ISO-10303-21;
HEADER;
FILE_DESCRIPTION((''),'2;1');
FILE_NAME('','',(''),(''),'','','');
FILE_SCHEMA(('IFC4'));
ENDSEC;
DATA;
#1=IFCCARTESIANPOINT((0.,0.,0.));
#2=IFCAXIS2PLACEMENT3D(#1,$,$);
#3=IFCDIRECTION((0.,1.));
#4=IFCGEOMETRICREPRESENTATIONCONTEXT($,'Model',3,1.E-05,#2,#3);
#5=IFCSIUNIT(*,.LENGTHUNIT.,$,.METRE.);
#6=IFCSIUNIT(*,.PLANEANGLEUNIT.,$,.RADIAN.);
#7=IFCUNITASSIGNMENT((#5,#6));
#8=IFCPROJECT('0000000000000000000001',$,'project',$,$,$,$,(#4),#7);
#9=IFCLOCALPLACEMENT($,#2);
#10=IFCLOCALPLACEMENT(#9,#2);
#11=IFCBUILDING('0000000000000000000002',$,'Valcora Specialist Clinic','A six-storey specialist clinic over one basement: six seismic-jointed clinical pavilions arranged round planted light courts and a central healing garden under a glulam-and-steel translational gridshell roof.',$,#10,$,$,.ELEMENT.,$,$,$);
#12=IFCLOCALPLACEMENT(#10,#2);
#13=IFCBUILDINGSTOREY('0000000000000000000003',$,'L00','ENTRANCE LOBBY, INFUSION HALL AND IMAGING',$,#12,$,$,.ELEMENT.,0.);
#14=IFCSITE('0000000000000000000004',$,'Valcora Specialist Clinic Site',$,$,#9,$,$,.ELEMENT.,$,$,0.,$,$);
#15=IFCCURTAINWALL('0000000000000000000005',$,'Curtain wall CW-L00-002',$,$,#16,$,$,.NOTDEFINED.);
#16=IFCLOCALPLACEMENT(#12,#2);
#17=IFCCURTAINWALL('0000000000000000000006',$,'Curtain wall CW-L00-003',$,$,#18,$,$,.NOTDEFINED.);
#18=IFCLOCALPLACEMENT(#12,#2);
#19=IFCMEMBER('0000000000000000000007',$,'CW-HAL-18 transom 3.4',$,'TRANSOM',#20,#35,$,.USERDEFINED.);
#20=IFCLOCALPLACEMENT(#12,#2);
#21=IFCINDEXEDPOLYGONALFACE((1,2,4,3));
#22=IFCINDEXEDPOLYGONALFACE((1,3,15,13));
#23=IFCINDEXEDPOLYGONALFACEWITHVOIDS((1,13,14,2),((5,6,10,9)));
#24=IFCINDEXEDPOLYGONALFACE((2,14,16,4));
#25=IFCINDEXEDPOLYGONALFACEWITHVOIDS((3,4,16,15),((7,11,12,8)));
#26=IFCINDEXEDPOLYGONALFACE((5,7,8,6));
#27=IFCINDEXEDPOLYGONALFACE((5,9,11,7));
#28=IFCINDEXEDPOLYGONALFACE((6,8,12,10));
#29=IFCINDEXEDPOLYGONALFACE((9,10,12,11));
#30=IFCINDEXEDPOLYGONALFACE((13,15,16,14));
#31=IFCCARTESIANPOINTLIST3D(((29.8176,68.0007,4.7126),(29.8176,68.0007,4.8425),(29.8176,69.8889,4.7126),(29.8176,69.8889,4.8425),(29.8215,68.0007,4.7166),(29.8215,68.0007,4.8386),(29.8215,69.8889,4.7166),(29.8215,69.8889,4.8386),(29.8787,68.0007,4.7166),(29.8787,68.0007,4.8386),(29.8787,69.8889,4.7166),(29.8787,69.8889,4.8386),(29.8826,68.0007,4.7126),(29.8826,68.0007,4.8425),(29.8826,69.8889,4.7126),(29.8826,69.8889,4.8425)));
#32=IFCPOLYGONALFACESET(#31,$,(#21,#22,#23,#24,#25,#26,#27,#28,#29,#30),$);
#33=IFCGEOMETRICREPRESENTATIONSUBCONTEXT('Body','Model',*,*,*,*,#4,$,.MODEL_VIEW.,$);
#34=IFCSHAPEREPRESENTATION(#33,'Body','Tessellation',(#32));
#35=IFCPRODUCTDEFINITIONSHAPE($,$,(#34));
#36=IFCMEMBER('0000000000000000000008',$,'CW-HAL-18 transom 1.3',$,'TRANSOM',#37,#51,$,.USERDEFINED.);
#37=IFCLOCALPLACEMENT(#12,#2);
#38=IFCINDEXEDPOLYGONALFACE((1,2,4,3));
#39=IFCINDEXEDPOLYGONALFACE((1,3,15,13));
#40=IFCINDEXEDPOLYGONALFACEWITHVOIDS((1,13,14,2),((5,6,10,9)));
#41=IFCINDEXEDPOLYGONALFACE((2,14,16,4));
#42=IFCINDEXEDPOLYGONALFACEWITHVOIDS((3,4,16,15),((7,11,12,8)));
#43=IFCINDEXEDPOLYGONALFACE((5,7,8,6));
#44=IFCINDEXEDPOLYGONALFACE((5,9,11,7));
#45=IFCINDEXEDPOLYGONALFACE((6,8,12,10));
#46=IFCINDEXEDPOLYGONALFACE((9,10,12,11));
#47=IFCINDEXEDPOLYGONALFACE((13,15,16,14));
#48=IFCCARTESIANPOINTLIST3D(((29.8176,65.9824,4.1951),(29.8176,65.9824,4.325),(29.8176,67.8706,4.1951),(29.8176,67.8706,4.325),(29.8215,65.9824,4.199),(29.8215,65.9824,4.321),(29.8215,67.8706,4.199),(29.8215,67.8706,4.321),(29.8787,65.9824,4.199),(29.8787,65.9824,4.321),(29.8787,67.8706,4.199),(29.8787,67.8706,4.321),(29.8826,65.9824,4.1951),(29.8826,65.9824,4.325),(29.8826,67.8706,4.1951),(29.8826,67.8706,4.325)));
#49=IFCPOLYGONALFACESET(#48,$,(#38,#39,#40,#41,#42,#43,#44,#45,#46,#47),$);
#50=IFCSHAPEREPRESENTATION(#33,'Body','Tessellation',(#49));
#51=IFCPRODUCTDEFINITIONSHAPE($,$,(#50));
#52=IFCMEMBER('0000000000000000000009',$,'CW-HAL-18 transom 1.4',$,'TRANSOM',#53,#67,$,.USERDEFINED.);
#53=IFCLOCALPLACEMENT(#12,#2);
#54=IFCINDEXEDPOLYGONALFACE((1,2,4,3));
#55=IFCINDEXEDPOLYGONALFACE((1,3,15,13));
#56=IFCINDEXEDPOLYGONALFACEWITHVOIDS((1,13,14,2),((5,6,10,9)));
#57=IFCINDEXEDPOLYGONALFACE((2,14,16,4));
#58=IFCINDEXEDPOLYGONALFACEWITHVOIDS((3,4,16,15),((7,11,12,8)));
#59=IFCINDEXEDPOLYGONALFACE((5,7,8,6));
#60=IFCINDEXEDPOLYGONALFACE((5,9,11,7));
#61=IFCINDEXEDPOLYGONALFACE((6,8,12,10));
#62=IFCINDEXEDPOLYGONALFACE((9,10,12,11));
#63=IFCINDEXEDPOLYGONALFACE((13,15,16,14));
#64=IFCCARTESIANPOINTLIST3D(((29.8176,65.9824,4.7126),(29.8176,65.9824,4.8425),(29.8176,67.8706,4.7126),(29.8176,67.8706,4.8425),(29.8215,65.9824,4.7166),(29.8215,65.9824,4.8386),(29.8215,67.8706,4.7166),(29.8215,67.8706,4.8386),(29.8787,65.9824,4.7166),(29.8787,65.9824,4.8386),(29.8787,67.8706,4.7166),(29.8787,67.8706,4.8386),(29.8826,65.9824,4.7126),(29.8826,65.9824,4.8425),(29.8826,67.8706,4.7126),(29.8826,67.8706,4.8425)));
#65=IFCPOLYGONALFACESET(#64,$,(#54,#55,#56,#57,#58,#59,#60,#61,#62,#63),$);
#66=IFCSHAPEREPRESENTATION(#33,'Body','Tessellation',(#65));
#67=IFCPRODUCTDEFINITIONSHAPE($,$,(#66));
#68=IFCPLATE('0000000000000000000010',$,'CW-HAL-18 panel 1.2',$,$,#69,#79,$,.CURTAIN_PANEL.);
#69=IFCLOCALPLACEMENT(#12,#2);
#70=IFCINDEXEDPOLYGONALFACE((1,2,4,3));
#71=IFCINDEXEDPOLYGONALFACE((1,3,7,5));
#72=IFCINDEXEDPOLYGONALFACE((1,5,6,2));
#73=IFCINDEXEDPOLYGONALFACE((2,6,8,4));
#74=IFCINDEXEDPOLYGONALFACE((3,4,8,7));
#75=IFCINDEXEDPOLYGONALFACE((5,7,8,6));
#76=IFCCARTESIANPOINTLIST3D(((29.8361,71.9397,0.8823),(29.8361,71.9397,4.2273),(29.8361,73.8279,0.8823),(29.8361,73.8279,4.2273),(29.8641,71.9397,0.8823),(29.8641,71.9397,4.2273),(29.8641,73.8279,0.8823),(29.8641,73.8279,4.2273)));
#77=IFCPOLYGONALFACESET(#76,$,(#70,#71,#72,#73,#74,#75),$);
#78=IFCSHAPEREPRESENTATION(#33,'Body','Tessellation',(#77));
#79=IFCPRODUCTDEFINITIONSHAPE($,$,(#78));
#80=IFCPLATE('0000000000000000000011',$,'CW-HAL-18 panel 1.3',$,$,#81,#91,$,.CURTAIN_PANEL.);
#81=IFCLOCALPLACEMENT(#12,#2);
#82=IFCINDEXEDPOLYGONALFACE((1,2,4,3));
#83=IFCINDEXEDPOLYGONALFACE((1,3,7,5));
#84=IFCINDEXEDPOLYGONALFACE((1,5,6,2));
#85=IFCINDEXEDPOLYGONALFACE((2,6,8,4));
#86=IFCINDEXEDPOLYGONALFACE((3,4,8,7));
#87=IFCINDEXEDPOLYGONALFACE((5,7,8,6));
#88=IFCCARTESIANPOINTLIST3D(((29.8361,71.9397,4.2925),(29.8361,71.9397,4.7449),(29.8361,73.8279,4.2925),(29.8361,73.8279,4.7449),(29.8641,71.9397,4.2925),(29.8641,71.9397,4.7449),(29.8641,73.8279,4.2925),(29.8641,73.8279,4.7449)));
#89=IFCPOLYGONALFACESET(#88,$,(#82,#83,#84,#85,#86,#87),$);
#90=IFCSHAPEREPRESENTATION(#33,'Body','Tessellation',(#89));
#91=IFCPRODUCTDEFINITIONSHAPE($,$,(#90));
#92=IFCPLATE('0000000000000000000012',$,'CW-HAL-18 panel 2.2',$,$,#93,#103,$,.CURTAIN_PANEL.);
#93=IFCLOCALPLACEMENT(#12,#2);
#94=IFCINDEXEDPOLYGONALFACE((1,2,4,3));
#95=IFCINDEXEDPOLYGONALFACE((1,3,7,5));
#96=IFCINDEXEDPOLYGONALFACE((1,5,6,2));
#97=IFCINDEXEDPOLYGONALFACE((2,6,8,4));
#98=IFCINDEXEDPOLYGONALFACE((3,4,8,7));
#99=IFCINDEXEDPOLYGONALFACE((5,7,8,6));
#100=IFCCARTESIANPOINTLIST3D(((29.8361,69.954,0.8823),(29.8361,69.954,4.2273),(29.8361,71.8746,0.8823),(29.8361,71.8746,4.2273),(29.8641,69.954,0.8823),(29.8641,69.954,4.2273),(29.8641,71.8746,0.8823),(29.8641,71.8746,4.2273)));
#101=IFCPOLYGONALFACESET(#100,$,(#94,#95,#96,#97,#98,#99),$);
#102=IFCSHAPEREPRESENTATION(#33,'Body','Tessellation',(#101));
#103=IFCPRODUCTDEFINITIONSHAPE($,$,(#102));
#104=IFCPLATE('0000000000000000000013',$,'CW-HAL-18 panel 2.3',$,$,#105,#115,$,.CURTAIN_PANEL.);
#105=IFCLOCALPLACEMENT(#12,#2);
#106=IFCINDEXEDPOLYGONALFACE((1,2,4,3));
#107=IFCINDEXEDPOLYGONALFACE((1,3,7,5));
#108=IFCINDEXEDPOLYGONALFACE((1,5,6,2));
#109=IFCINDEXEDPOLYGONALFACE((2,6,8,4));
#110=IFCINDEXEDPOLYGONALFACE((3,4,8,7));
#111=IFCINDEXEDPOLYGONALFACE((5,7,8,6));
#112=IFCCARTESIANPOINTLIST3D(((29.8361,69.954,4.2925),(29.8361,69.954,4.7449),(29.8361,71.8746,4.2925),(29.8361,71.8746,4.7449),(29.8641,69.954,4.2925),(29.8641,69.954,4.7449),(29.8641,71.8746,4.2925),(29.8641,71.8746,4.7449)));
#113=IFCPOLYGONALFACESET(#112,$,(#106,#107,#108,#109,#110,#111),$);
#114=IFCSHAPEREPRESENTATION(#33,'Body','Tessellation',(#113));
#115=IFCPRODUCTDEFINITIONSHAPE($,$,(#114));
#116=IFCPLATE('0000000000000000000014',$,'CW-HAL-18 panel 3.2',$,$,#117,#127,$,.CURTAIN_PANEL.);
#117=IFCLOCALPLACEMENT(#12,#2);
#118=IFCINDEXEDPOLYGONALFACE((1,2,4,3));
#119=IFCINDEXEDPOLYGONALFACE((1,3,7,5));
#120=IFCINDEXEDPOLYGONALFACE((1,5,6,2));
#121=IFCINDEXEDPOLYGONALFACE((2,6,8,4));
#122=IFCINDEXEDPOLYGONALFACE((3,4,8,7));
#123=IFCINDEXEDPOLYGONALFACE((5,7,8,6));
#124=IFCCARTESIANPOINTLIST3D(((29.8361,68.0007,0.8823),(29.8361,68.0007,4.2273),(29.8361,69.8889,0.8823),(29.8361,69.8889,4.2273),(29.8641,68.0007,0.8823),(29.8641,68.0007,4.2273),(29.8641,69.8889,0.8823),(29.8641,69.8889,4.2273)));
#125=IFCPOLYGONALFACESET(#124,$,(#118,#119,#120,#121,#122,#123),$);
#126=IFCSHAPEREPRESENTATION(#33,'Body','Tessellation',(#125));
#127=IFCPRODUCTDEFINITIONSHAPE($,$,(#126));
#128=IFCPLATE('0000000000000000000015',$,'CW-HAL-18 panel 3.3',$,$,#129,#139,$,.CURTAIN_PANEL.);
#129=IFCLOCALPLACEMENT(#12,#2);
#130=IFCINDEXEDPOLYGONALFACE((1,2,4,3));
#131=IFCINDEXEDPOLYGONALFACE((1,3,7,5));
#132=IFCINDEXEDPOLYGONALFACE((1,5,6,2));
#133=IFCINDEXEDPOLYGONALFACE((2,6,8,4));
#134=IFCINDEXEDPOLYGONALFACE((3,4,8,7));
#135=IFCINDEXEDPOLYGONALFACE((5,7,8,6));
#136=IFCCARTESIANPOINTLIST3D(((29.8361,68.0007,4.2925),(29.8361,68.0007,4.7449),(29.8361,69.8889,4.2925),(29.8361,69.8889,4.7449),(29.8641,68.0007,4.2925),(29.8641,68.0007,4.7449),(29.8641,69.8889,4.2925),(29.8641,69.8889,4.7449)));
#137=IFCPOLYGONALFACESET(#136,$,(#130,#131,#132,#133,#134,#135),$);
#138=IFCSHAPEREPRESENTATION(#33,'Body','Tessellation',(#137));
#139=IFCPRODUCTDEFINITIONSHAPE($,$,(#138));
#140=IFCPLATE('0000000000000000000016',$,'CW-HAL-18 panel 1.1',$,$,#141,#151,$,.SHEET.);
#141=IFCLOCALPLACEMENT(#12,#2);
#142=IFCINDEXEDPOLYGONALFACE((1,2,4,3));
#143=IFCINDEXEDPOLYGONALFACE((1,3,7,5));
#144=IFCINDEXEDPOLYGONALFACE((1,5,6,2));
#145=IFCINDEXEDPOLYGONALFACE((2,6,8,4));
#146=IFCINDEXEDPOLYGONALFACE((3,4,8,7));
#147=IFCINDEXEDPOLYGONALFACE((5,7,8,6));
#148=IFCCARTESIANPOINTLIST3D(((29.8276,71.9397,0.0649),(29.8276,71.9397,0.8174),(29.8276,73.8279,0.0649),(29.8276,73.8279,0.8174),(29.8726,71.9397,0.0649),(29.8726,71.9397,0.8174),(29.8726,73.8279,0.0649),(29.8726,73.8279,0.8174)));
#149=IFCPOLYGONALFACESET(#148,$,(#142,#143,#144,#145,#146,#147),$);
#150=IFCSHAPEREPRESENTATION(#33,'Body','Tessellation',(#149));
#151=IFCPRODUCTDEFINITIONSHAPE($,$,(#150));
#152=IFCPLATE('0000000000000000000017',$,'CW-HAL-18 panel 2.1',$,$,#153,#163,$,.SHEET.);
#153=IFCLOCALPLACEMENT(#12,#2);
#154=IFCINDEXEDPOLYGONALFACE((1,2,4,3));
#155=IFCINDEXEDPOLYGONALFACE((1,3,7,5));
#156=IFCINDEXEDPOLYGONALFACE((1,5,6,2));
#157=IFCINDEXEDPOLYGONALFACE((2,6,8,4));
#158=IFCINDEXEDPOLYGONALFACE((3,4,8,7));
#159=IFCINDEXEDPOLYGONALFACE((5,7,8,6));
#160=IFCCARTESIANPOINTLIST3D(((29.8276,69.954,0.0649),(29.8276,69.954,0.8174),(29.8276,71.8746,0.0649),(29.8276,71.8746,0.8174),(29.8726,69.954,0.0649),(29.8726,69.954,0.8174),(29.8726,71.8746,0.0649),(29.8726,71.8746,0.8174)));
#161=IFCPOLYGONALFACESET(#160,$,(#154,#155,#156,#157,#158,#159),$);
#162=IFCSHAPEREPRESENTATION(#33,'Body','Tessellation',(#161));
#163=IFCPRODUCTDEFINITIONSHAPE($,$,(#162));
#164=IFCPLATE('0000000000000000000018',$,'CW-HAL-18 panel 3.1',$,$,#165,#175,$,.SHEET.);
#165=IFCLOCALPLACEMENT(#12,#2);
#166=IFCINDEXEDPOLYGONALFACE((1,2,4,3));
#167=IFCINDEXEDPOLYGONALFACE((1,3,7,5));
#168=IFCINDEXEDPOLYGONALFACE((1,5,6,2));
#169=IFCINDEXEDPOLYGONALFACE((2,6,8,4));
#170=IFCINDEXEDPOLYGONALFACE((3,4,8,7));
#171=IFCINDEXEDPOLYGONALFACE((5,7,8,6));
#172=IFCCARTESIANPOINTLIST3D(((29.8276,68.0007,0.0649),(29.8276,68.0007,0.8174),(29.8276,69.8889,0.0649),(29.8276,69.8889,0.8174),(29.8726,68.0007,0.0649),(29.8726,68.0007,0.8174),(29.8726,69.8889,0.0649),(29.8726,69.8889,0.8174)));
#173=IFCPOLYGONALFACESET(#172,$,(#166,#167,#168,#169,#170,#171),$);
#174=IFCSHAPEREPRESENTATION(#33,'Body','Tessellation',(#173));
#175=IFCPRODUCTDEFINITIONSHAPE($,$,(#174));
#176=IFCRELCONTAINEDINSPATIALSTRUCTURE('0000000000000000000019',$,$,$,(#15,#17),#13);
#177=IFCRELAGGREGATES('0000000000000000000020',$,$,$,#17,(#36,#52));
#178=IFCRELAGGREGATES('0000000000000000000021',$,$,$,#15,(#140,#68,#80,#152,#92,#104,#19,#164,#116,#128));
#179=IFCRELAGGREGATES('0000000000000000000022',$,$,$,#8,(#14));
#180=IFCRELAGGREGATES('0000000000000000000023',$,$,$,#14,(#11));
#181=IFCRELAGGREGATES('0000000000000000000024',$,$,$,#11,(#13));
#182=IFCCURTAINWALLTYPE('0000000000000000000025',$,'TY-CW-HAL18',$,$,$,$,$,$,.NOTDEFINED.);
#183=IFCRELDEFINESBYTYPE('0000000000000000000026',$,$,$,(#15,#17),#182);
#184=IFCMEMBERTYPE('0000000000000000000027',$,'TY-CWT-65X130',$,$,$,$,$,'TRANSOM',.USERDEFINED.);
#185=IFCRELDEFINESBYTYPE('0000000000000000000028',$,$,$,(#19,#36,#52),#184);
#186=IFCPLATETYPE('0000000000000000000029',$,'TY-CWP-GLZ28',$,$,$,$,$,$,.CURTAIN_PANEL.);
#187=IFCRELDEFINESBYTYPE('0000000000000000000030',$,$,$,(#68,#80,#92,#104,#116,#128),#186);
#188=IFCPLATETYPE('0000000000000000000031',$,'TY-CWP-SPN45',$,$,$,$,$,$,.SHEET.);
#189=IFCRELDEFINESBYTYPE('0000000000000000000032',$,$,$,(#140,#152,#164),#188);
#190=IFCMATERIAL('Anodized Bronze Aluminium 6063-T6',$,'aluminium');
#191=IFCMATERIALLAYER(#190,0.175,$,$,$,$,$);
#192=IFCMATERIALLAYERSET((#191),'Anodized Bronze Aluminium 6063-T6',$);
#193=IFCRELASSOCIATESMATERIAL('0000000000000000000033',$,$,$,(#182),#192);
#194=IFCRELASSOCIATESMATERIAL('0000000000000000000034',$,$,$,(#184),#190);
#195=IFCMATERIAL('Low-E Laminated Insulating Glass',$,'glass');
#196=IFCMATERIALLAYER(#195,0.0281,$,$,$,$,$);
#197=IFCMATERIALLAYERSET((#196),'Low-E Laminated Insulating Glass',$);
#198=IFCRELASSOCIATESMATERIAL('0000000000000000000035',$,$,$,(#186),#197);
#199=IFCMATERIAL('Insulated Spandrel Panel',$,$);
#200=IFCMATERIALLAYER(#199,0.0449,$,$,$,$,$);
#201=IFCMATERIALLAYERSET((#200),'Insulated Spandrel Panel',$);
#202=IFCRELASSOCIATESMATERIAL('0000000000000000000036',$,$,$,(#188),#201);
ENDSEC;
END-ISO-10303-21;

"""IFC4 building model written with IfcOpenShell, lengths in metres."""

from ifc_helpers import new_model, si_unit, direction, frame, origin, origin_2d, place, context, subcontext, project, spatial, rectangle, hollow_rectangle, extrude, material, layer, layer_set, material_profile, profile_set, type_object, element, aggregate, save


model = new_model("IFC4")

# Units and contexts
model_context = context("Model", 3, precision=1e-05, world=origin(), true_north=direction((0.0, 1.0)))
body_context = subcontext(model_context, "Body", "Model", "MODEL_VIEW")
ifc_project = project(units=[si_unit("LENGTHUNIT", "METRE"), si_unit("PLANEANGLEUNIT", "RADIAN")], contexts=[model_context])

# Site, building, storey
site_placement = place(None, origin())
site = spatial("IfcSite", under=ifc_project, at=site_placement, Name="Valcora Specialist Clinic Site", CompositionType="ELEMENT", RefElevation=0.0)
building_placement = place(site_placement, origin())
building = spatial("IfcBuilding", under=site, at=building_placement, Name="Valcora Specialist Clinic", Description="A six-storey specialist clinic over one basement: six seismic-jointed clinical pavilions arranged round planted light courts and a central healing garden under a glulam-and-steel translational gridshell roof.", CompositionType="ELEMENT")
storey_placement = place(building_placement, origin())
storey = spatial("IfcBuildingStorey", under=building, at=storey_placement, Name="L00", Description="ENTRANCE LOBBY, INFUSION HALL AND IMAGING", CompositionType="ELEMENT", Elevation=0.0)

# Curtain wall
ifc_material_1 = material(Name="Anodized Bronze Aluminium 6063-T6", Category="aluminium")
ifc_layer_1 = layer(ifc_material_1, 0.175)
ifc_layer_set_1 = layer_set([ifc_layer_1], Name="Anodized Bronze Aluminium 6063-T6")
curtain_wall_type = type_object("IfcCurtainWallType", Name="TY-CW-HAL18", PredefinedType="NOTDEFINED", material=ifc_layer_set_1)
curtain_wall_1_placement = place(storey_placement, origin())
curtain_wall_1 = element("IfcCurtainWall", 1, at=curtain_wall_1_placement, inside=storey, type_object=curtain_wall_type, Name="Curtain wall CW-L00-002", PredefinedType="NOTDEFINED")

# Curtain wall
curtain_wall_2_placement = place(storey_placement, origin())
curtain_wall_2 = element("IfcCurtainWall", 2, at=curtain_wall_2_placement, inside=storey, type_object=curtain_wall_type, Name="Curtain wall CW-L00-003", PredefinedType="NOTDEFINED")

# Members
ifc_material_profile_1 = material_profile(ifc_material_1, hollow_rectangle(XDim=0.0649, YDim=0.1299, WallThickness=0.0039, at=origin_2d()), Name="AL-TRN-65X130")
ifc_profile_set_1 = profile_set([ifc_material_profile_1], Name="Anodized Bronze Aluminium 6063-T6")
member_type_1 = type_object("IfcMemberType", Name="TY-CWT-65X130", ElementType="TRANSOM", PredefinedType="USERDEFINED", material=ifc_profile_set_1)
member_1_placement = place(storey_placement, frame((29.8501, 69.8889, 4.7776), z_axis=(0.0, -1.0, 0.0), x_axis=(1.0, 0.0, 0.0)))
member_1 = element("IfcMember", 3, at=member_1_placement, type_object=member_type_1, Name="CW-HAL-18 transom 3.4", ObjectType="TRANSOM", PredefinedType="USERDEFINED", context=body_context, shape_type="SweptSolid", body=[
    extrude(hollow_rectangle(XDim=0.0649, YDim=0.1299, WallThickness=0.0039, at=origin_2d()), origin(), (0.0, 0.0, 1.0), 1.8882),
])
member_2_placement = place(storey_placement, frame((29.8501, 67.8706, 4.26), z_axis=(0.0, -1.0, 0.0), x_axis=(1.0, 0.0, 0.0)))
member_2 = element("IfcMember", 4, at=member_2_placement, type_object=member_type_1, Name="CW-HAL-18 transom 1.3", ObjectType="TRANSOM", PredefinedType="USERDEFINED", context=body_context, shape_type="SweptSolid", body=[
    extrude(hollow_rectangle(XDim=0.0649, YDim=0.1299, WallThickness=0.0039, at=origin_2d()), origin(), (0.0, 0.0, 1.0), 1.8882),
])
member_3_placement = place(storey_placement, frame((29.8501, 67.8706, 4.7776), z_axis=(0.0, -1.0, 0.0), x_axis=(1.0, 0.0, 0.0)))
member_3 = element("IfcMember", 5, at=member_3_placement, type_object=member_type_1, Name="CW-HAL-18 transom 1.4", ObjectType="TRANSOM", PredefinedType="USERDEFINED", context=body_context, shape_type="SweptSolid", body=[
    extrude(hollow_rectangle(XDim=0.0649, YDim=0.1299, WallThickness=0.0039, at=origin_2d()), origin(), (0.0, 0.0, 1.0), 1.8882),
])
aggregate(curtain_wall_2, [member_2, member_3])

# Plates
ifc_material_2 = material(Name="Low-E Laminated Insulating Glass", Category="glass")
ifc_layer_2 = layer(ifc_material_2, 0.0281)
ifc_layer_set_2 = layer_set([ifc_layer_2], Name="Low-E Laminated Insulating Glass")
plate_type_1 = type_object("IfcPlateType", Name="TY-CWP-GLZ28", PredefinedType="CURTAIN_PANEL", material=ifc_layer_set_2)
plate_1_placement = place(storey_placement, frame((29.8501, 72.8838, 0.8823), z_axis=(0.0, 0.0, 1.0), x_axis=(0.0, -1.0, 0.0)))
plate_1 = element("IfcPlate", 6, at=plate_1_placement, type_object=plate_type_1, Name="CW-HAL-18 panel 1.2", PredefinedType="CURTAIN_PANEL", context=body_context, shape_type="SweptSolid", body=[
    extrude(rectangle(XDim=1.8882, YDim=0.0281, at=origin_2d()), origin(), (0.0, 0.0, 1.0), 3.345),
])
plate_2_placement = place(storey_placement, frame((29.8501, 72.8838, 4.2925), z_axis=(0.0, 0.0, 1.0), x_axis=(0.0, -1.0, 0.0)))
plate_2 = element("IfcPlate", 7, at=plate_2_placement, type_object=plate_type_1, Name="CW-HAL-18 panel 1.3", PredefinedType="CURTAIN_PANEL", context=body_context, shape_type="SweptSolid", body=[
    extrude(rectangle(XDim=1.8882, YDim=0.0281, at=origin_2d()), origin(), (0.0, 0.0, 1.0), 0.4524),
])
plate_3_placement = place(storey_placement, frame((29.8501, 70.9143, 0.8823), z_axis=(0.0, 0.0, 1.0), x_axis=(0.0, -1.0, 0.0)))
plate_3 = element("IfcPlate", 8, at=plate_3_placement, type_object=plate_type_1, Name="CW-HAL-18 panel 2.2", PredefinedType="CURTAIN_PANEL", context=body_context, shape_type="SweptSolid", body=[
    extrude(rectangle(XDim=1.9207, YDim=0.0281, at=origin_2d()), origin(), (0.0, 0.0, 1.0), 3.345),
])
plate_4_placement = place(storey_placement, frame((29.8501, 70.9143, 4.2925), z_axis=(0.0, 0.0, 1.0), x_axis=(0.0, -1.0, 0.0)))
plate_4 = element("IfcPlate", 9, at=plate_4_placement, type_object=plate_type_1, Name="CW-HAL-18 panel 2.3", PredefinedType="CURTAIN_PANEL", context=body_context, shape_type="SweptSolid", body=[
    extrude(rectangle(XDim=1.9207, YDim=0.0281, at=origin_2d()), origin(), (0.0, 0.0, 1.0), 0.4524),
])
plate_5_placement = place(storey_placement, frame((29.8501, 68.9448, 0.8823), z_axis=(0.0, 0.0, 1.0), x_axis=(0.0, -1.0, 0.0)))
plate_5 = element("IfcPlate", 10, at=plate_5_placement, type_object=plate_type_1, Name="CW-HAL-18 panel 3.2", PredefinedType="CURTAIN_PANEL", context=body_context, shape_type="SweptSolid", body=[
    extrude(rectangle(XDim=1.8882, YDim=0.0281, at=origin_2d()), origin(), (0.0, 0.0, 1.0), 3.345),
])
plate_6_placement = place(storey_placement, frame((29.8501, 68.9448, 4.2925), z_axis=(0.0, 0.0, 1.0), x_axis=(0.0, -1.0, 0.0)))
plate_6 = element("IfcPlate", 11, at=plate_6_placement, type_object=plate_type_1, Name="CW-HAL-18 panel 3.3", PredefinedType="CURTAIN_PANEL", context=body_context, shape_type="SweptSolid", body=[
    extrude(rectangle(XDim=1.8882, YDim=0.0281, at=origin_2d()), origin(), (0.0, 0.0, 1.0), 0.4524),
])
ifc_material_3 = material(Name="Insulated Spandrel Panel")
ifc_layer_3 = layer(ifc_material_3, 0.0449)
ifc_layer_set_3 = layer_set([ifc_layer_3], Name="Insulated Spandrel Panel")
plate_type_2 = type_object("IfcPlateType", Name="TY-CWP-SPN45", PredefinedType="SHEET", material=ifc_layer_set_3)
plate_7_placement = place(storey_placement, frame((29.8501, 72.8838, 0.0649), z_axis=(0.0, 0.0, 1.0), x_axis=(0.0, -1.0, 0.0)))
plate_7 = element("IfcPlate", 12, at=plate_7_placement, type_object=plate_type_2, Name="CW-HAL-18 panel 1.1", PredefinedType="SHEET", context=body_context, shape_type="SweptSolid", body=[
    extrude(rectangle(XDim=1.8882, YDim=0.0449, at=origin_2d()), origin(), (0.0, 0.0, 1.0), 0.7524),
])
plate_8_placement = place(storey_placement, frame((29.8501, 70.9143, 0.0649), z_axis=(0.0, 0.0, 1.0), x_axis=(0.0, -1.0, 0.0)))
plate_8 = element("IfcPlate", 13, at=plate_8_placement, type_object=plate_type_2, Name="CW-HAL-18 panel 2.1", PredefinedType="SHEET", context=body_context, shape_type="SweptSolid", body=[
    extrude(rectangle(XDim=1.9207, YDim=0.0449, at=origin_2d()), origin(), (0.0, 0.0, 1.0), 0.7524),
])
plate_9_placement = place(storey_placement, frame((29.8501, 68.9448, 0.0649), z_axis=(0.0, 0.0, 1.0), x_axis=(0.0, -1.0, 0.0)))
plate_9 = element("IfcPlate", 14, at=plate_9_placement, type_object=plate_type_2, Name="CW-HAL-18 panel 3.1", PredefinedType="SHEET", context=body_context, shape_type="SweptSolid", body=[
    extrude(rectangle(XDim=1.8882, YDim=0.0449, at=origin_2d()), origin(), (0.0, 0.0, 1.0), 0.7524),
])
aggregate(curtain_wall_1, [plate_7, plate_1, plate_2, plate_8, plate_3, plate_4, member_1, plate_9, plate_5, plate_6])

save(model, "model.ifc")
